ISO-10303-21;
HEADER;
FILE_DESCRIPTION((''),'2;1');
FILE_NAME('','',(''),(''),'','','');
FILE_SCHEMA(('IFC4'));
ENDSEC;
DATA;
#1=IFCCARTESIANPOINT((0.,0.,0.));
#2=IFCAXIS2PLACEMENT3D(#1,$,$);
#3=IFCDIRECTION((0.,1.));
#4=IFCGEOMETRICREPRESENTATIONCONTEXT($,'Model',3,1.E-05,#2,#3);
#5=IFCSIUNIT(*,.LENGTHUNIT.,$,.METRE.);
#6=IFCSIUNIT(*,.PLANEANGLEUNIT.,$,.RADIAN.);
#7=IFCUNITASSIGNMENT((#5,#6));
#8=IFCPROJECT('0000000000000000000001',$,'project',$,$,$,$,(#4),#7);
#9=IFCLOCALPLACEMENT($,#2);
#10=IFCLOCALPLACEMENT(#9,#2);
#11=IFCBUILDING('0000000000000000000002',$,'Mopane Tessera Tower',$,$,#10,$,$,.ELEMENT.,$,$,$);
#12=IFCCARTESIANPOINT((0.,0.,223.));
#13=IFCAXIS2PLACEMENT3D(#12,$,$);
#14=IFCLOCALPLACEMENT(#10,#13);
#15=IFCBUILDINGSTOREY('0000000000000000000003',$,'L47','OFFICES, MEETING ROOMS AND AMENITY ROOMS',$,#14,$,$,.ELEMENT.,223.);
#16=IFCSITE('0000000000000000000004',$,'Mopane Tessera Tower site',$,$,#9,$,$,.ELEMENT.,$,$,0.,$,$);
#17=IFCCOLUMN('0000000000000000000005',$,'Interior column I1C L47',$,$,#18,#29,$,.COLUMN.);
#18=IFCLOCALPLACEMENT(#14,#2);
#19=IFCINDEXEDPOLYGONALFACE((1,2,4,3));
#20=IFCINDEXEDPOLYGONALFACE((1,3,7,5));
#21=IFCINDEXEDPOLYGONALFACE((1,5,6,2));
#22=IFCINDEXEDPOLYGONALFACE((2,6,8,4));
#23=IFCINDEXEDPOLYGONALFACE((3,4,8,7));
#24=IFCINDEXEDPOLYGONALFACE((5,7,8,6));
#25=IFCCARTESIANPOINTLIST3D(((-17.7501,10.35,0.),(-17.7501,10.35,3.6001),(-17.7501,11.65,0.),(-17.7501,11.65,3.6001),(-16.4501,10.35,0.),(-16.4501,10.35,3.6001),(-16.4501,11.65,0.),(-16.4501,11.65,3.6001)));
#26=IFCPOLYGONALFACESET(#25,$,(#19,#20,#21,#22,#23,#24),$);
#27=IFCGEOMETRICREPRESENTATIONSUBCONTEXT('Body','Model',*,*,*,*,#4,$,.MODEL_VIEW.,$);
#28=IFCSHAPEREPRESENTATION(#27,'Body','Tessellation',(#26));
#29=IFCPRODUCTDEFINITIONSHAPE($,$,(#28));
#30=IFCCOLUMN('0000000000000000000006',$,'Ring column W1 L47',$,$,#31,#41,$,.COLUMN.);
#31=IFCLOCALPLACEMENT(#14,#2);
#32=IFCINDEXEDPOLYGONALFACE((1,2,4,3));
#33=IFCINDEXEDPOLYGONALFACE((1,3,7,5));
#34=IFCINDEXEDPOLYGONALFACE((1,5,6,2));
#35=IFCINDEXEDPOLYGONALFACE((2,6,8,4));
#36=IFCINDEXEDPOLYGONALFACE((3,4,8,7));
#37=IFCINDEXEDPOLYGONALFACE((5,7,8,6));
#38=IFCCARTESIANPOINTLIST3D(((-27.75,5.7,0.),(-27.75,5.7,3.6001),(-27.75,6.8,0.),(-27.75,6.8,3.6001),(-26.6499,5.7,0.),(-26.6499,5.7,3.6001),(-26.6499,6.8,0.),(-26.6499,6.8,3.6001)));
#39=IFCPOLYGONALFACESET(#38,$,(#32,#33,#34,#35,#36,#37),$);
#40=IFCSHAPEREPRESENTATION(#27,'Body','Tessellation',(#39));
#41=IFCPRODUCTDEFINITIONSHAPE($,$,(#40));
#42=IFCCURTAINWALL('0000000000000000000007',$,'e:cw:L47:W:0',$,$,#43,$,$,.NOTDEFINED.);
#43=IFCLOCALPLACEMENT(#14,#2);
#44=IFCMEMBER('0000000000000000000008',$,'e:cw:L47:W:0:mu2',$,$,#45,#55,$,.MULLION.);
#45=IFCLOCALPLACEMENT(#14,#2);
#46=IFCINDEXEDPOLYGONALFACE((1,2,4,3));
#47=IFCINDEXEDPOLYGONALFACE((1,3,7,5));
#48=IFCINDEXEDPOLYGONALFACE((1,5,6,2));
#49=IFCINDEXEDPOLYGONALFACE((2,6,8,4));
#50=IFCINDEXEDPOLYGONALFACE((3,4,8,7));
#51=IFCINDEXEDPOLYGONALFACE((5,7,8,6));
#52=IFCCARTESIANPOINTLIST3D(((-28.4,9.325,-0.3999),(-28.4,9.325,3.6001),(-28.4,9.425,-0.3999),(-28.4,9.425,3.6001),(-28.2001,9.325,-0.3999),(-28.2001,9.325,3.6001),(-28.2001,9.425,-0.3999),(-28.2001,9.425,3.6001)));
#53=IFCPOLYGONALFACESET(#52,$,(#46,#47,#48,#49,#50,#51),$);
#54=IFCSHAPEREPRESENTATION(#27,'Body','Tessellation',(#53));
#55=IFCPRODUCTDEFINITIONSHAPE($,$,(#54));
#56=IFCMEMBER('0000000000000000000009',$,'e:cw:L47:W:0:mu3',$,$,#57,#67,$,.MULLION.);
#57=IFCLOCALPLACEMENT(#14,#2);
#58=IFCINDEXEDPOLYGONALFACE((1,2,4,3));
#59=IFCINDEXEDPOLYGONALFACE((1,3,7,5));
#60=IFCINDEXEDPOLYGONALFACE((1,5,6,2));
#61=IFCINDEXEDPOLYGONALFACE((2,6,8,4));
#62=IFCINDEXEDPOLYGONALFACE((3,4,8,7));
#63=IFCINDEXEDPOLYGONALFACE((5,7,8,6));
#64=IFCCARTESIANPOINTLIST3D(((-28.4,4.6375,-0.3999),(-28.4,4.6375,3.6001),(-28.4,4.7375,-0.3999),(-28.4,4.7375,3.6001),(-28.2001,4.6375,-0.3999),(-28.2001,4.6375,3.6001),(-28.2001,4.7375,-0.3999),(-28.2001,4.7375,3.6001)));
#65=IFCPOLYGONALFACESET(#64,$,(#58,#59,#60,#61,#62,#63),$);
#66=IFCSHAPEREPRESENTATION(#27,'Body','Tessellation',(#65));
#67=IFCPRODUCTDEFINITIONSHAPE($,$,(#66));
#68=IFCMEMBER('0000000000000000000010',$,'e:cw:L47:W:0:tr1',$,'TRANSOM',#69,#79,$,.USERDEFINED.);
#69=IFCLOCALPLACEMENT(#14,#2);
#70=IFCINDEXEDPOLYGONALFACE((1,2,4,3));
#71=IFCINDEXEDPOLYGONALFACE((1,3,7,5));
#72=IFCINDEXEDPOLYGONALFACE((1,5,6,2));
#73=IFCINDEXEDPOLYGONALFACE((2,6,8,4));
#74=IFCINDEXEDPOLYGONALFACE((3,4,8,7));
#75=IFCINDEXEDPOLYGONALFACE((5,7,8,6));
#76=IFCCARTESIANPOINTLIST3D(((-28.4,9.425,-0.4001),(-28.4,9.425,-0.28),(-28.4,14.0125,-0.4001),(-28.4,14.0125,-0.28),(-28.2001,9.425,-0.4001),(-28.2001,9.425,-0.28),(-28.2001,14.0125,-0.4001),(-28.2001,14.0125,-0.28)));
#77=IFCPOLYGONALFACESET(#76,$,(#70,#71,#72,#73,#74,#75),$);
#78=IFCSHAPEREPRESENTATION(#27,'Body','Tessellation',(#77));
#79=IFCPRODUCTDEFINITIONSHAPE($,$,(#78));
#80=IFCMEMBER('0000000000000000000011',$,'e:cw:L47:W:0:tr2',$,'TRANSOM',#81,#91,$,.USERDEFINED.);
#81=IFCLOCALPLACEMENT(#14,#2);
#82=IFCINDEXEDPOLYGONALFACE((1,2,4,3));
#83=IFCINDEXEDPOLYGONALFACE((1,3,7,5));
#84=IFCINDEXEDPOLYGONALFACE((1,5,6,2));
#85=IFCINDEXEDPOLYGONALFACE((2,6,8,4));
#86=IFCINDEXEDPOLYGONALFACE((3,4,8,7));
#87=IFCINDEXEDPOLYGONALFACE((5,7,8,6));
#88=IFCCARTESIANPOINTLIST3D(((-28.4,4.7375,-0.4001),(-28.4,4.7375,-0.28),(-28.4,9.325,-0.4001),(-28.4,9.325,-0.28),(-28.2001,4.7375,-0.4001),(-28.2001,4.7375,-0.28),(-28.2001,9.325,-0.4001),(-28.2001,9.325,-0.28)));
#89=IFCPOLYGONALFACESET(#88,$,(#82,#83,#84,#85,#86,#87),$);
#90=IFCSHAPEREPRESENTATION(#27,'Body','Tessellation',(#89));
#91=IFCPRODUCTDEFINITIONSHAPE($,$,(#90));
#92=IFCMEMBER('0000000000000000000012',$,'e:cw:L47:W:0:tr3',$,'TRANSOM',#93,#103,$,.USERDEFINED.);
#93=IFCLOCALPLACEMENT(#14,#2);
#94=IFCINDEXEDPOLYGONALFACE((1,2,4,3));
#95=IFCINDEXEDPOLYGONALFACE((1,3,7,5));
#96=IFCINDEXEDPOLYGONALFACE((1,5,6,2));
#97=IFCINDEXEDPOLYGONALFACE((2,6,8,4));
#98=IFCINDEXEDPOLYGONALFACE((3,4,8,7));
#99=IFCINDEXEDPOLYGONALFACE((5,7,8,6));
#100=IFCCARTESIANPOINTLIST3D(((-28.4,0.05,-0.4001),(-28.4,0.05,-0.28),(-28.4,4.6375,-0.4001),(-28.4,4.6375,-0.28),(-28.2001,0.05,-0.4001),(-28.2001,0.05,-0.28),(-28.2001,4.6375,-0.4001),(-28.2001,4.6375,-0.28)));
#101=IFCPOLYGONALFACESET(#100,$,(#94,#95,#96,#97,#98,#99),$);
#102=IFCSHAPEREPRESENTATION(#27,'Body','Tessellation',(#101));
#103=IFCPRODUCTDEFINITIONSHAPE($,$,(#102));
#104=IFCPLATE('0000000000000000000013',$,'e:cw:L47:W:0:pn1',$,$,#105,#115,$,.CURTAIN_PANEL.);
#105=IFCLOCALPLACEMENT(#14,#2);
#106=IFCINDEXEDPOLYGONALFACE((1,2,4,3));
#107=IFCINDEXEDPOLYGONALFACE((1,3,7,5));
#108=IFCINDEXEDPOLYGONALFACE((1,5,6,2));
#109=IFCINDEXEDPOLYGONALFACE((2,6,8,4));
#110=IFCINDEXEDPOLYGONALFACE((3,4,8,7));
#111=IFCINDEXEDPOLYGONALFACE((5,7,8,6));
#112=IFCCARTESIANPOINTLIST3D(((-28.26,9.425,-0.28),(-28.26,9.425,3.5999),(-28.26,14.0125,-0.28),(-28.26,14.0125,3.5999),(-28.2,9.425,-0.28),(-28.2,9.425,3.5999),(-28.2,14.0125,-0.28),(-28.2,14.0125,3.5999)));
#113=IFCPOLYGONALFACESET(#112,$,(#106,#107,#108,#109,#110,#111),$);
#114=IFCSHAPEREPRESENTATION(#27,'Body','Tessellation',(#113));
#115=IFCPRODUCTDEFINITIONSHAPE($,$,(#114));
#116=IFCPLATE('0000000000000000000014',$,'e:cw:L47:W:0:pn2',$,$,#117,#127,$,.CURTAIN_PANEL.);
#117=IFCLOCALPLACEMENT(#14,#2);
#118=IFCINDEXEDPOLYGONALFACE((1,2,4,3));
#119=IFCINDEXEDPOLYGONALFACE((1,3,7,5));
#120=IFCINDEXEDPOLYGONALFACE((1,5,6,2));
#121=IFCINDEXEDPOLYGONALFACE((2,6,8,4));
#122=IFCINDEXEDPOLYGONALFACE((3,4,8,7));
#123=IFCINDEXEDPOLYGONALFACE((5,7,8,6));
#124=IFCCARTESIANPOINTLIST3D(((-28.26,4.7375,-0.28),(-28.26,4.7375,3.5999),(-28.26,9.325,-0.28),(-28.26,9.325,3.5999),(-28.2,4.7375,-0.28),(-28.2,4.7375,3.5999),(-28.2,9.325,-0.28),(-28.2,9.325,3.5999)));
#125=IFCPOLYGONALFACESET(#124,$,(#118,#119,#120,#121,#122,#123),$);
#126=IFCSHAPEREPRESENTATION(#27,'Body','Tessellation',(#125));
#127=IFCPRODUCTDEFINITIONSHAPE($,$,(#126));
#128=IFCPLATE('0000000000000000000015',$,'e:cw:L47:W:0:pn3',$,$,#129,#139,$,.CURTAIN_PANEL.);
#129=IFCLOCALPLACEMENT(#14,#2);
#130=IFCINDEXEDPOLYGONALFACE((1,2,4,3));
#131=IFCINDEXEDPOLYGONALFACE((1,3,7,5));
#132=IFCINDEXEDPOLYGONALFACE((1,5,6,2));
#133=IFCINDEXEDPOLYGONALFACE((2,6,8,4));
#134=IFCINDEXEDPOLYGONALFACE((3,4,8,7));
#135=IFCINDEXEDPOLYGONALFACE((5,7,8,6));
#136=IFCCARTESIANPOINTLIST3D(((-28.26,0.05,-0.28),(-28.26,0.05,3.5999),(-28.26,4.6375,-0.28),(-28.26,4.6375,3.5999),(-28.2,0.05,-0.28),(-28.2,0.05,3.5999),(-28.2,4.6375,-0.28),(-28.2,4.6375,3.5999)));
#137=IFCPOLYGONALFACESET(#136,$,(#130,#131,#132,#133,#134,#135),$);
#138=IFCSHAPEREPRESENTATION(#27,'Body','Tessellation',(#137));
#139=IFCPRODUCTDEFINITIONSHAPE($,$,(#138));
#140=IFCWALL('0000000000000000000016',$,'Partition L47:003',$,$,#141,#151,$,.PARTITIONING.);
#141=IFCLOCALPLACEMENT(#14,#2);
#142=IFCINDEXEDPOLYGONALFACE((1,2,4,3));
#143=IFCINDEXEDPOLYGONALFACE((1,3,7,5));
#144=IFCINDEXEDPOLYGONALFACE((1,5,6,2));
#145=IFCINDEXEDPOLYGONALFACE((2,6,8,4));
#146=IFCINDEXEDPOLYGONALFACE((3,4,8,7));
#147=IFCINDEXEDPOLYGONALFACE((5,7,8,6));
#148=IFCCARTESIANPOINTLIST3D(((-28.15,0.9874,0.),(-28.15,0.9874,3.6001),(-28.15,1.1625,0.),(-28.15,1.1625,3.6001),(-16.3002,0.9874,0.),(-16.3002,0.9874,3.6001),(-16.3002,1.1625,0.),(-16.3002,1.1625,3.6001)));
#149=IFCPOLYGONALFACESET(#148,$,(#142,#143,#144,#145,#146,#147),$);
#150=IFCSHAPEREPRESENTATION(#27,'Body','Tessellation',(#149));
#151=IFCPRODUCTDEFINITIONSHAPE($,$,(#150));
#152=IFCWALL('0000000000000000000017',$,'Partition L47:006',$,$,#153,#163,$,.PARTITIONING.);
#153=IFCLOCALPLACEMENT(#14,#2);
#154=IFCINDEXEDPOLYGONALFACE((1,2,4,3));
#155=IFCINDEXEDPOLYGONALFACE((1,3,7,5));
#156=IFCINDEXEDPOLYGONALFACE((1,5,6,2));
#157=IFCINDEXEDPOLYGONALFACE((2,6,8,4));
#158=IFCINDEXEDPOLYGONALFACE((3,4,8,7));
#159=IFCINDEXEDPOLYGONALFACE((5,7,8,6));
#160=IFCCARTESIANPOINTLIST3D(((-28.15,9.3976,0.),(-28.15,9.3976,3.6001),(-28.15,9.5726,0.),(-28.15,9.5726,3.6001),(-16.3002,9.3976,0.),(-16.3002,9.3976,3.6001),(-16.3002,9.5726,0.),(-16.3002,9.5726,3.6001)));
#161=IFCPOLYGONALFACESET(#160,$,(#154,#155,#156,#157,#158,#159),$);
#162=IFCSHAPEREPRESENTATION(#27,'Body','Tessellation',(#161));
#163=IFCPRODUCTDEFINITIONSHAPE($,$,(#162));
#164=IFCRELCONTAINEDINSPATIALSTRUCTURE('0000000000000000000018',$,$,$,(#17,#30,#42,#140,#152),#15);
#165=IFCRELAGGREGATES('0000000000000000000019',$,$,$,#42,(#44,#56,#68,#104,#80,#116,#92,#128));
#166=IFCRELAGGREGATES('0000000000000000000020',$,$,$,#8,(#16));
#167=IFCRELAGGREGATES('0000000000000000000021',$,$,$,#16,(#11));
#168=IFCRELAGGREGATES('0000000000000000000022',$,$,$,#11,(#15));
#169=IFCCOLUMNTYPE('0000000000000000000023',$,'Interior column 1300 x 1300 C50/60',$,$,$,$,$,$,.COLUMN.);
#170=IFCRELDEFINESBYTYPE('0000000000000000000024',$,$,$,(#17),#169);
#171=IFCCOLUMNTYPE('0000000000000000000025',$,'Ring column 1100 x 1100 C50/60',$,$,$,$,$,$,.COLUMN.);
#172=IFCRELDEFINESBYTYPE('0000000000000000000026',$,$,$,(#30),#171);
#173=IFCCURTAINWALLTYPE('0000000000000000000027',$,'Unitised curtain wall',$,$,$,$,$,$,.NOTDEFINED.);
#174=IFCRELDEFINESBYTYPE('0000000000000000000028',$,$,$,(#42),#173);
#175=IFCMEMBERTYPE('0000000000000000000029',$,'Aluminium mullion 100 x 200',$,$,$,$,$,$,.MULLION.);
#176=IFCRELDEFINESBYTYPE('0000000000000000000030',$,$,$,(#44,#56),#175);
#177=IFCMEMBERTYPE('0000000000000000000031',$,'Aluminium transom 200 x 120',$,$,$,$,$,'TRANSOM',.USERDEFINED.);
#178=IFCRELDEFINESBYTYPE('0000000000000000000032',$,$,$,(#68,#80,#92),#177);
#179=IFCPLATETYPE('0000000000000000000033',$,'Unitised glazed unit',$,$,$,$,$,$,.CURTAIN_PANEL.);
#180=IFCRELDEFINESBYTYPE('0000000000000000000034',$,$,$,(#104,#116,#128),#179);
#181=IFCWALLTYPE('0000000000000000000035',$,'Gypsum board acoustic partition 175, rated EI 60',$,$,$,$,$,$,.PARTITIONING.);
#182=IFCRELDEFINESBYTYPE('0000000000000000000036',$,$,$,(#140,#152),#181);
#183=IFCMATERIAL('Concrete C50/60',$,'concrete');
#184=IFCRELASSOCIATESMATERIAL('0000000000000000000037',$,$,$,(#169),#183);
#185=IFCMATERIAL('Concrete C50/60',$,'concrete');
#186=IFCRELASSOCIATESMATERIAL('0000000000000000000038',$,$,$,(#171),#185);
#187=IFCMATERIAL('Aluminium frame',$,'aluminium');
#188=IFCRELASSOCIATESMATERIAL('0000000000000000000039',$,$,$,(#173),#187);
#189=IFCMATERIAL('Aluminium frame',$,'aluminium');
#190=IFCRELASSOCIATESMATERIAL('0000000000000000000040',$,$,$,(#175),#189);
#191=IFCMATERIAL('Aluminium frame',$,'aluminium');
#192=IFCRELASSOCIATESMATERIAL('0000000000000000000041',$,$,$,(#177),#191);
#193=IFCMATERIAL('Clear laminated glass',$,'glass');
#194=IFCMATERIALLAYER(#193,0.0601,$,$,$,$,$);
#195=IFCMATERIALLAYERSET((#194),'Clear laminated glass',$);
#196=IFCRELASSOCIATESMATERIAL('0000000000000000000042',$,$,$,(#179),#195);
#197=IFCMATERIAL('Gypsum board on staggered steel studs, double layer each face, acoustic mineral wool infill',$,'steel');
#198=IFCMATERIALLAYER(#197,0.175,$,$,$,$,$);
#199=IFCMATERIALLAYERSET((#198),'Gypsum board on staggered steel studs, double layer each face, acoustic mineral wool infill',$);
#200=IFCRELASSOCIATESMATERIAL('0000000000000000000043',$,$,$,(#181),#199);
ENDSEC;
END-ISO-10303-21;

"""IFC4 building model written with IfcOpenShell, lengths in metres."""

from ifc_helpers import new_model, si_unit, direction, frame, frame_2d, origin, origin_2d, place, context, subcontext, project, spatial, rectangle, extrude, material, layer, layer_set, material_profile, profile_set, type_object, element, aggregate, save


model = new_model("IFC4")

# Units and contexts
model_context = context("Model", 3, precision=1e-05, world=origin(), true_north=direction((0.0, 1.0)))
body_context = subcontext(model_context, "Body", "Model", "MODEL_VIEW")
ifc_project = project(units=[si_unit("LENGTHUNIT", "METRE"), si_unit("PLANEANGLEUNIT", "RADIAN")], contexts=[model_context])

# Site, building, storey
site_placement = place(None, origin())
site = spatial("IfcSite", under=ifc_project, at=site_placement, Name="Mopane Tessera Tower site", CompositionType="ELEMENT", RefElevation=0.0)
building_placement = place(site_placement, origin())
building = spatial("IfcBuilding", under=site, at=building_placement, Name="Mopane Tessera Tower", CompositionType="ELEMENT")
storey_placement = place(building_placement, frame((0.0, 0.0, 223.0)))
storey = spatial("IfcBuildingStorey", under=building, at=storey_placement, Name="L47", Description="OFFICES, MEETING ROOMS AND AMENITY ROOMS", CompositionType="ELEMENT", Elevation=223.0)

# Columns
ifc_material_1 = material(Name="Concrete C50/60", Category="concrete")
ifc_material_profile_1 = material_profile(ifc_material_1, rectangle(XDim=1.3, YDim=1.3, at=origin_2d()))
ifc_profile_set_1 = profile_set([ifc_material_profile_1], Name="Concrete C50/60")
column_type_1 = type_object("IfcColumnType", Name="Interior column 1300 x 1300 C50/60", PredefinedType="COLUMN", material=ifc_profile_set_1)
column_1_placement = place(storey_placement, frame((-17.1001, 11.0, 0.0), z_axis=(0.0, 0.0, 1.0), x_axis=(1.0, 0.0, 0.0)))
element("IfcColumn", 1, at=column_1_placement, inside=storey, type_object=column_type_1, Name="Interior column I1C L47", PredefinedType="COLUMN", context=body_context, shape_type="SweptSolid", body=[
    extrude(rectangle(XDim=1.3, YDim=1.3, at=origin_2d()), origin(), (0.0, 0.0, 1.0), 3.6001),
])
ifc_material_2 = material(Name="Concrete C50/60", Category="concrete")
ifc_material_profile_2 = material_profile(ifc_material_2, rectangle(XDim=1.1001, YDim=1.1001, at=origin_2d()))
ifc_profile_set_2 = profile_set([ifc_material_profile_2], Name="Concrete C50/60")
column_type_2 = type_object("IfcColumnType", Name="Ring column 1100 x 1100 C50/60", PredefinedType="COLUMN", material=ifc_profile_set_2)
column_2_placement = place(storey_placement, frame((-27.2, 6.25, 0.0), z_axis=(0.0, 0.0, 1.0), x_axis=(1.0, 0.0, 0.0)))
element("IfcColumn", 2, at=column_2_placement, inside=storey, type_object=column_type_2, Name="Ring column W1 L47", PredefinedType="COLUMN", context=body_context, shape_type="SweptSolid", body=[
    extrude(rectangle(XDim=1.1001, YDim=1.1001, at=origin_2d()), origin(), (0.0, 0.0, 1.0), 3.6001),
])

# Curtain wall, members, plates
ifc_material_3 = material(Name="Aluminium frame", Category="aluminium")
curtain_wall_type = type_object("IfcCurtainWallType", Name="Unitised curtain wall", PredefinedType="NOTDEFINED", material=ifc_material_3)
curtain_wall_placement = place(storey_placement, origin())
curtain_wall = element("IfcCurtainWall", 3, at=curtain_wall_placement, inside=storey, type_object=curtain_wall_type, Name="e:cw:L47:W:0", PredefinedType="NOTDEFINED")
ifc_material_4 = material(Name="Aluminium frame", Category="aluminium")
ifc_material_profile_3 = material_profile(ifc_material_4, rectangle(XDim=0.1001, YDim=0.2, at=origin_2d()))
ifc_profile_set_3 = profile_set([ifc_material_profile_3], Name="Aluminium frame")
member_type_1 = type_object("IfcMemberType", Name="Aluminium mullion 100 x 200", PredefinedType="MULLION", material=ifc_profile_set_3)
member_1_placement = place(storey_placement, frame((-28.3, 9.375, -0.3999), z_axis=(0.0, 0.0, 1.0), x_axis=(0.0, -1.0, 0.0)))
member_1 = element("IfcMember", 4, at=member_1_placement, type_object=member_type_1, Name="e:cw:L47:W:0:mu2", PredefinedType="MULLION", context=body_context, shape_type="SweptSolid", body=[
    extrude(rectangle(XDim=0.1001, YDim=0.2, at=origin_2d()), origin(), (0.0, 0.0, 1.0), 4.0),
])
member_2_placement = place(storey_placement, frame((-28.3, 4.6875, -0.3999), z_axis=(0.0, 0.0, 1.0), x_axis=(0.0, -1.0, 0.0)))
member_2 = element("IfcMember", 5, at=member_2_placement, type_object=member_type_1, Name="e:cw:L47:W:0:mu3", PredefinedType="MULLION", context=body_context, shape_type="SweptSolid", body=[
    extrude(rectangle(XDim=0.1001, YDim=0.2, at=origin_2d()), origin(), (0.0, 0.0, 1.0), 4.0),
])
ifc_material_5 = material(Name="Aluminium frame", Category="aluminium")
ifc_material_profile_4 = material_profile(ifc_material_5, rectangle(XDim=0.2, YDim=0.1201, at=origin_2d()))
ifc_profile_set_4 = profile_set([ifc_material_profile_4], Name="Aluminium frame")
member_type_2 = type_object("IfcMemberType", Name="Aluminium transom 200 x 120", ElementType="TRANSOM", PredefinedType="USERDEFINED", material=ifc_profile_set_4)
member_3_placement = place(storey_placement, frame((-28.3, 14.0125, -0.3401), z_axis=(0.0, -1.0, 0.0), x_axis=(1.0, 0.0, 0.0)))
member_3 = element("IfcMember", 6, at=member_3_placement, type_object=member_type_2, Name="e:cw:L47:W:0:tr1", ObjectType="TRANSOM", PredefinedType="USERDEFINED", context=body_context, shape_type="SweptSolid", body=[
    extrude(rectangle(XDim=0.2, YDim=0.1201, at=origin_2d()), origin(), (0.0, 0.0, 1.0), 4.5874),
])
member_4_placement = place(storey_placement, frame((-28.3, 9.325, -0.3401), z_axis=(0.0, -1.0, 0.0), x_axis=(1.0, 0.0, 0.0)))
member_4 = element("IfcMember", 7, at=member_4_placement, type_object=member_type_2, Name="e:cw:L47:W:0:tr2", ObjectType="TRANSOM", PredefinedType="USERDEFINED", context=body_context, shape_type="SweptSolid", body=[
    extrude(rectangle(XDim=0.2, YDim=0.1201, at=origin_2d()), origin(), (0.0, 0.0, 1.0), 4.5874),
])
member_5_placement = place(storey_placement, frame((-28.3, 4.6375, -0.3401), z_axis=(0.0, -1.0, 0.0), x_axis=(1.0, 0.0, 0.0)))
member_5 = element("IfcMember", 8, at=member_5_placement, type_object=member_type_2, Name="e:cw:L47:W:0:tr3", ObjectType="TRANSOM", PredefinedType="USERDEFINED", context=body_context, shape_type="SweptSolid", body=[
    extrude(rectangle(XDim=0.2, YDim=0.1201, at=origin_2d()), origin(), (0.0, 0.0, 1.0), 4.5874),
])
ifc_material_6 = material(Name="Clear laminated glass", Category="glass")
ifc_layer_1 = layer(ifc_material_6, 0.0601)
ifc_layer_set_1 = layer_set([ifc_layer_1], Name="Clear laminated glass")
plate_type = type_object("IfcPlateType", Name="Unitised glazed unit", PredefinedType="CURTAIN_PANEL", material=ifc_layer_set_1)
plate_1_placement = place(storey_placement, frame((-28.23, 11.7188, -0.28), z_axis=(0.0, 0.0, 1.0), x_axis=(0.0, -1.0, 0.0)))
plate_1 = element("IfcPlate", 9, at=plate_1_placement, type_object=plate_type, Name="e:cw:L47:W:0:pn1", PredefinedType="CURTAIN_PANEL", context=body_context, shape_type="SweptSolid", body=[
    extrude(rectangle(XDim=4.5874, YDim=0.0601, at=origin_2d()), origin(), (0.0, 0.0, 1.0), 3.8799),
])
plate_2_placement = place(storey_placement, frame((-28.23, 7.0312, -0.28), z_axis=(0.0, 0.0, 1.0), x_axis=(0.0, -1.0, 0.0)))
plate_2 = element("IfcPlate", 10, at=plate_2_placement, type_object=plate_type, Name="e:cw:L47:W:0:pn2", PredefinedType="CURTAIN_PANEL", context=body_context, shape_type="SweptSolid", body=[
    extrude(rectangle(XDim=4.5874, YDim=0.0601, at=origin_2d()), origin(), (0.0, 0.0, 1.0), 3.8799),
])
plate_3_placement = place(storey_placement, frame((-28.23, 2.3438, -0.28), z_axis=(0.0, 0.0, 1.0), x_axis=(0.0, -1.0, 0.0)))
plate_3 = element("IfcPlate", 11, at=plate_3_placement, type_object=plate_type, Name="e:cw:L47:W:0:pn3", PredefinedType="CURTAIN_PANEL", context=body_context, shape_type="SweptSolid", body=[
    extrude(rectangle(XDim=4.5874, YDim=0.0601, at=origin_2d()), origin(), (0.0, 0.0, 1.0), 3.8799),
])
aggregate(curtain_wall, [member_1, member_2, member_3, plate_1, member_4, plate_2, member_5, plate_3])

# Walls
ifc_material_7 = material(Name="Gypsum board on staggered steel studs, double layer each face, acoustic mineral wool infill", Category="steel")
ifc_layer_2 = layer(ifc_material_7, 0.175)
ifc_layer_set_2 = layer_set([ifc_layer_2], Name="Gypsum board on staggered steel studs, double layer each face, acoustic mineral wool infill")
wall_type_1 = type_object("IfcWallType", Name="Gypsum board acoustic partition 175, rated EI 60", PredefinedType="PARTITIONING", material=ifc_layer_set_2)
for number, where, z_axis, x_axis, name in (
    (12, (-28.1499, 1.075, 0.0), (0.0, 0.0, 1.0), (1.0, 0.0, 0.0), "Partition L47:003"),
    (13, (-28.1499, 9.4851, 0.0), (0.0, 0.0, 1.0), (1.0, 0.0, 0.0), "Partition L47:006"),
):
    element("IfcWall", number, at=place(storey_placement, frame(where, z_axis=z_axis, x_axis=x_axis)), inside=storey, type_object=wall_type_1, Name=name, PredefinedType="PARTITIONING", context=body_context, shape_type="SweptSolid", body=[
        extrude(rectangle(XDim=11.8499, YDim=0.175, at=frame_2d((5.9248, 0.0))), origin(), (0.0, 0.0, 1.0), 3.6001),
    ])

save(model, "model.ifc")
